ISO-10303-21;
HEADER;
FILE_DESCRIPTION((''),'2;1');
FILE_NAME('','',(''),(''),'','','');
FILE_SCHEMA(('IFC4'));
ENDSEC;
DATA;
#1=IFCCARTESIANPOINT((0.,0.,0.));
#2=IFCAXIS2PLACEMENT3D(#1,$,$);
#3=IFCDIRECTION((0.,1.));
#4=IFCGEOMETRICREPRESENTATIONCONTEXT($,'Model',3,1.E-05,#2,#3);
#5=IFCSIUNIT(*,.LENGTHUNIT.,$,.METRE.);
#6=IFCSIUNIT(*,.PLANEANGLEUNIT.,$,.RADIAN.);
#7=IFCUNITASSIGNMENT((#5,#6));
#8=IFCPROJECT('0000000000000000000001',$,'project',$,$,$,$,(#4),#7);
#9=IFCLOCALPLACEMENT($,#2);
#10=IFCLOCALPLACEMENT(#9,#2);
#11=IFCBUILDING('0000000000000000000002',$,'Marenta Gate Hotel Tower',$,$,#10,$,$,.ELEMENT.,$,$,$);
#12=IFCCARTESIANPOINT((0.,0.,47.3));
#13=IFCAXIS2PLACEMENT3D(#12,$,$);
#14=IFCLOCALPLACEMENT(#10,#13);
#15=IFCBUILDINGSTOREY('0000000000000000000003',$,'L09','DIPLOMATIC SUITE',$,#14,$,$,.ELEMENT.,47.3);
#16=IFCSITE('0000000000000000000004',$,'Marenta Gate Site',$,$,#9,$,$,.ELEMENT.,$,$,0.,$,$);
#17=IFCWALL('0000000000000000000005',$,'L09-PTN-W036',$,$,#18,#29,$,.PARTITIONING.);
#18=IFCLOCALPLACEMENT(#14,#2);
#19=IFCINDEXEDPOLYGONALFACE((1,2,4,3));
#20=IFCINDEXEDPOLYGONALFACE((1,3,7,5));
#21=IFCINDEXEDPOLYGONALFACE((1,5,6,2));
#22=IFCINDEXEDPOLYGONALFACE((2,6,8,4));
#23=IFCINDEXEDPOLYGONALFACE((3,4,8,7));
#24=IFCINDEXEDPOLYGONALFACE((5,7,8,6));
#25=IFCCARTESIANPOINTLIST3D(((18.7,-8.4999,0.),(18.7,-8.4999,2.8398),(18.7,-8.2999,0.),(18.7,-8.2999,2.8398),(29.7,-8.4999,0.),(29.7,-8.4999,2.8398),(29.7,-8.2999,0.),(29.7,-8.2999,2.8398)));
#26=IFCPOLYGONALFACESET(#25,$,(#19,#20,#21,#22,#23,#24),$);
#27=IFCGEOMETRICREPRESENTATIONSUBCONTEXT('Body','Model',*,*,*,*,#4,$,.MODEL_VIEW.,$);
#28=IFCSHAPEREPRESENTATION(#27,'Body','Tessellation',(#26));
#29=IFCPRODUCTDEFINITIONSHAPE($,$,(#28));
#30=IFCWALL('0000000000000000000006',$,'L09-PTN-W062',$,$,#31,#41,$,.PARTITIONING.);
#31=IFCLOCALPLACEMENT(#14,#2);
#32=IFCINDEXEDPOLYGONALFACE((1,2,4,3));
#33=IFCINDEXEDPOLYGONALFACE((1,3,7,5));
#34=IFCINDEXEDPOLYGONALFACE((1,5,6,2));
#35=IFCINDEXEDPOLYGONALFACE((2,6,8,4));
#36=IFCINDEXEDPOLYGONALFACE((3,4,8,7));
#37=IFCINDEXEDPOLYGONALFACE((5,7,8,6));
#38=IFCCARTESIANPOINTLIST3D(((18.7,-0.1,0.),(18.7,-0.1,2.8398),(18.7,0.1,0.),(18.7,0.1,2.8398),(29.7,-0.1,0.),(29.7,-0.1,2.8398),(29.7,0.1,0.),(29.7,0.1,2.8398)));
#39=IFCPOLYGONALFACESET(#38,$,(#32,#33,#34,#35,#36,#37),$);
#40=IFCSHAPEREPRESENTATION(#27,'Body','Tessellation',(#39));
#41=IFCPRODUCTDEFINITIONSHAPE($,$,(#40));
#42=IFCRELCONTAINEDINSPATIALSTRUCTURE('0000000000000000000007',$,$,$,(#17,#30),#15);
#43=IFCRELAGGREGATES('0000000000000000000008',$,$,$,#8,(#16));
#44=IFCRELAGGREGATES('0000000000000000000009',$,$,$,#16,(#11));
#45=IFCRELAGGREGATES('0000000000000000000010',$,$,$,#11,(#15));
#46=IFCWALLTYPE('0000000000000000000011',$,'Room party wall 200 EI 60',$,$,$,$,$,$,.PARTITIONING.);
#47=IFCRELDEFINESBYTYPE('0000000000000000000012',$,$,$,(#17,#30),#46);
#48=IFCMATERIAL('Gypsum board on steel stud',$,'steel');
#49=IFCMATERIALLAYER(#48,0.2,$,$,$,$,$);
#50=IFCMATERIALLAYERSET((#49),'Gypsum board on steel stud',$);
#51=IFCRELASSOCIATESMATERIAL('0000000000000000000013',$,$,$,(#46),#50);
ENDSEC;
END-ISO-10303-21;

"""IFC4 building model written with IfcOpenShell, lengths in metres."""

from ifc_helpers import new_model, si_unit, direction, frame, frame_2d, origin, place, context, subcontext, project, spatial, rectangle, extrude, material, layer, layer_set, type_object, element, save


model = new_model("IFC4")

# Units and contexts
model_context = context("Model", 3, precision=1e-05, world=origin(), true_north=direction((0.0, 1.0)))
body_context = subcontext(model_context, "Body", "Model", "MODEL_VIEW")
ifc_project = project(units=[si_unit("LENGTHUNIT", "METRE"), si_unit("PLANEANGLEUNIT", "RADIAN")], contexts=[model_context])

# Site, building, storey
site_placement = place(None, origin())
site = spatial("IfcSite", under=ifc_project, at=site_placement, Name="Marenta Gate Site", CompositionType="ELEMENT", RefElevation=0.0)
building_placement = place(site_placement, origin())
building = spatial("IfcBuilding", under=site, at=building_placement, Name="Marenta Gate Hotel Tower", CompositionType="ELEMENT")
storey_placement = place(building_placement, frame((0.0, 0.0, 47.3)))
storey = spatial("IfcBuildingStorey", under=building, at=storey_placement, Name="L09", Description="DIPLOMATIC SUITE", CompositionType="ELEMENT", Elevation=47.3)

# Walls
ifc_material_1 = material(Name="Gypsum board on steel stud", Category="steel")
ifc_layer_1 = layer(ifc_material_1, 0.2)
ifc_layer_set_1 = layer_set([ifc_layer_1], Name="Gypsum board on steel stud")
wall_type_1 = type_object("IfcWallType", Name="Room party wall 200 EI 60", PredefinedType="PARTITIONING", material=ifc_layer_set_1)
for number, where, z_axis, x_axis, name in (
    (1, (18.7, -8.3999, 0.0), (0.0, 0.0, 1.0), (1.0, 0.0, 0.0), "L09-PTN-W036"),
    (2, (18.7, 0.0, 0.0), (0.0, 0.0, 1.0), (1.0, 0.0, 0.0), "L09-PTN-W062"),
):
    element("IfcWall", number, at=place(storey_placement, frame(where, z_axis=z_axis, x_axis=x_axis)), inside=storey, type_object=wall_type_1, Name=name, PredefinedType="PARTITIONING", context=body_context, shape_type="SweptSolid", body=[
        extrude(rectangle(XDim=11.0, YDim=0.2, at=frame_2d((5.5, 0.0))), origin(), (0.0, 0.0, 1.0), 2.8398),
    ])

save(model, "model.ifc")
